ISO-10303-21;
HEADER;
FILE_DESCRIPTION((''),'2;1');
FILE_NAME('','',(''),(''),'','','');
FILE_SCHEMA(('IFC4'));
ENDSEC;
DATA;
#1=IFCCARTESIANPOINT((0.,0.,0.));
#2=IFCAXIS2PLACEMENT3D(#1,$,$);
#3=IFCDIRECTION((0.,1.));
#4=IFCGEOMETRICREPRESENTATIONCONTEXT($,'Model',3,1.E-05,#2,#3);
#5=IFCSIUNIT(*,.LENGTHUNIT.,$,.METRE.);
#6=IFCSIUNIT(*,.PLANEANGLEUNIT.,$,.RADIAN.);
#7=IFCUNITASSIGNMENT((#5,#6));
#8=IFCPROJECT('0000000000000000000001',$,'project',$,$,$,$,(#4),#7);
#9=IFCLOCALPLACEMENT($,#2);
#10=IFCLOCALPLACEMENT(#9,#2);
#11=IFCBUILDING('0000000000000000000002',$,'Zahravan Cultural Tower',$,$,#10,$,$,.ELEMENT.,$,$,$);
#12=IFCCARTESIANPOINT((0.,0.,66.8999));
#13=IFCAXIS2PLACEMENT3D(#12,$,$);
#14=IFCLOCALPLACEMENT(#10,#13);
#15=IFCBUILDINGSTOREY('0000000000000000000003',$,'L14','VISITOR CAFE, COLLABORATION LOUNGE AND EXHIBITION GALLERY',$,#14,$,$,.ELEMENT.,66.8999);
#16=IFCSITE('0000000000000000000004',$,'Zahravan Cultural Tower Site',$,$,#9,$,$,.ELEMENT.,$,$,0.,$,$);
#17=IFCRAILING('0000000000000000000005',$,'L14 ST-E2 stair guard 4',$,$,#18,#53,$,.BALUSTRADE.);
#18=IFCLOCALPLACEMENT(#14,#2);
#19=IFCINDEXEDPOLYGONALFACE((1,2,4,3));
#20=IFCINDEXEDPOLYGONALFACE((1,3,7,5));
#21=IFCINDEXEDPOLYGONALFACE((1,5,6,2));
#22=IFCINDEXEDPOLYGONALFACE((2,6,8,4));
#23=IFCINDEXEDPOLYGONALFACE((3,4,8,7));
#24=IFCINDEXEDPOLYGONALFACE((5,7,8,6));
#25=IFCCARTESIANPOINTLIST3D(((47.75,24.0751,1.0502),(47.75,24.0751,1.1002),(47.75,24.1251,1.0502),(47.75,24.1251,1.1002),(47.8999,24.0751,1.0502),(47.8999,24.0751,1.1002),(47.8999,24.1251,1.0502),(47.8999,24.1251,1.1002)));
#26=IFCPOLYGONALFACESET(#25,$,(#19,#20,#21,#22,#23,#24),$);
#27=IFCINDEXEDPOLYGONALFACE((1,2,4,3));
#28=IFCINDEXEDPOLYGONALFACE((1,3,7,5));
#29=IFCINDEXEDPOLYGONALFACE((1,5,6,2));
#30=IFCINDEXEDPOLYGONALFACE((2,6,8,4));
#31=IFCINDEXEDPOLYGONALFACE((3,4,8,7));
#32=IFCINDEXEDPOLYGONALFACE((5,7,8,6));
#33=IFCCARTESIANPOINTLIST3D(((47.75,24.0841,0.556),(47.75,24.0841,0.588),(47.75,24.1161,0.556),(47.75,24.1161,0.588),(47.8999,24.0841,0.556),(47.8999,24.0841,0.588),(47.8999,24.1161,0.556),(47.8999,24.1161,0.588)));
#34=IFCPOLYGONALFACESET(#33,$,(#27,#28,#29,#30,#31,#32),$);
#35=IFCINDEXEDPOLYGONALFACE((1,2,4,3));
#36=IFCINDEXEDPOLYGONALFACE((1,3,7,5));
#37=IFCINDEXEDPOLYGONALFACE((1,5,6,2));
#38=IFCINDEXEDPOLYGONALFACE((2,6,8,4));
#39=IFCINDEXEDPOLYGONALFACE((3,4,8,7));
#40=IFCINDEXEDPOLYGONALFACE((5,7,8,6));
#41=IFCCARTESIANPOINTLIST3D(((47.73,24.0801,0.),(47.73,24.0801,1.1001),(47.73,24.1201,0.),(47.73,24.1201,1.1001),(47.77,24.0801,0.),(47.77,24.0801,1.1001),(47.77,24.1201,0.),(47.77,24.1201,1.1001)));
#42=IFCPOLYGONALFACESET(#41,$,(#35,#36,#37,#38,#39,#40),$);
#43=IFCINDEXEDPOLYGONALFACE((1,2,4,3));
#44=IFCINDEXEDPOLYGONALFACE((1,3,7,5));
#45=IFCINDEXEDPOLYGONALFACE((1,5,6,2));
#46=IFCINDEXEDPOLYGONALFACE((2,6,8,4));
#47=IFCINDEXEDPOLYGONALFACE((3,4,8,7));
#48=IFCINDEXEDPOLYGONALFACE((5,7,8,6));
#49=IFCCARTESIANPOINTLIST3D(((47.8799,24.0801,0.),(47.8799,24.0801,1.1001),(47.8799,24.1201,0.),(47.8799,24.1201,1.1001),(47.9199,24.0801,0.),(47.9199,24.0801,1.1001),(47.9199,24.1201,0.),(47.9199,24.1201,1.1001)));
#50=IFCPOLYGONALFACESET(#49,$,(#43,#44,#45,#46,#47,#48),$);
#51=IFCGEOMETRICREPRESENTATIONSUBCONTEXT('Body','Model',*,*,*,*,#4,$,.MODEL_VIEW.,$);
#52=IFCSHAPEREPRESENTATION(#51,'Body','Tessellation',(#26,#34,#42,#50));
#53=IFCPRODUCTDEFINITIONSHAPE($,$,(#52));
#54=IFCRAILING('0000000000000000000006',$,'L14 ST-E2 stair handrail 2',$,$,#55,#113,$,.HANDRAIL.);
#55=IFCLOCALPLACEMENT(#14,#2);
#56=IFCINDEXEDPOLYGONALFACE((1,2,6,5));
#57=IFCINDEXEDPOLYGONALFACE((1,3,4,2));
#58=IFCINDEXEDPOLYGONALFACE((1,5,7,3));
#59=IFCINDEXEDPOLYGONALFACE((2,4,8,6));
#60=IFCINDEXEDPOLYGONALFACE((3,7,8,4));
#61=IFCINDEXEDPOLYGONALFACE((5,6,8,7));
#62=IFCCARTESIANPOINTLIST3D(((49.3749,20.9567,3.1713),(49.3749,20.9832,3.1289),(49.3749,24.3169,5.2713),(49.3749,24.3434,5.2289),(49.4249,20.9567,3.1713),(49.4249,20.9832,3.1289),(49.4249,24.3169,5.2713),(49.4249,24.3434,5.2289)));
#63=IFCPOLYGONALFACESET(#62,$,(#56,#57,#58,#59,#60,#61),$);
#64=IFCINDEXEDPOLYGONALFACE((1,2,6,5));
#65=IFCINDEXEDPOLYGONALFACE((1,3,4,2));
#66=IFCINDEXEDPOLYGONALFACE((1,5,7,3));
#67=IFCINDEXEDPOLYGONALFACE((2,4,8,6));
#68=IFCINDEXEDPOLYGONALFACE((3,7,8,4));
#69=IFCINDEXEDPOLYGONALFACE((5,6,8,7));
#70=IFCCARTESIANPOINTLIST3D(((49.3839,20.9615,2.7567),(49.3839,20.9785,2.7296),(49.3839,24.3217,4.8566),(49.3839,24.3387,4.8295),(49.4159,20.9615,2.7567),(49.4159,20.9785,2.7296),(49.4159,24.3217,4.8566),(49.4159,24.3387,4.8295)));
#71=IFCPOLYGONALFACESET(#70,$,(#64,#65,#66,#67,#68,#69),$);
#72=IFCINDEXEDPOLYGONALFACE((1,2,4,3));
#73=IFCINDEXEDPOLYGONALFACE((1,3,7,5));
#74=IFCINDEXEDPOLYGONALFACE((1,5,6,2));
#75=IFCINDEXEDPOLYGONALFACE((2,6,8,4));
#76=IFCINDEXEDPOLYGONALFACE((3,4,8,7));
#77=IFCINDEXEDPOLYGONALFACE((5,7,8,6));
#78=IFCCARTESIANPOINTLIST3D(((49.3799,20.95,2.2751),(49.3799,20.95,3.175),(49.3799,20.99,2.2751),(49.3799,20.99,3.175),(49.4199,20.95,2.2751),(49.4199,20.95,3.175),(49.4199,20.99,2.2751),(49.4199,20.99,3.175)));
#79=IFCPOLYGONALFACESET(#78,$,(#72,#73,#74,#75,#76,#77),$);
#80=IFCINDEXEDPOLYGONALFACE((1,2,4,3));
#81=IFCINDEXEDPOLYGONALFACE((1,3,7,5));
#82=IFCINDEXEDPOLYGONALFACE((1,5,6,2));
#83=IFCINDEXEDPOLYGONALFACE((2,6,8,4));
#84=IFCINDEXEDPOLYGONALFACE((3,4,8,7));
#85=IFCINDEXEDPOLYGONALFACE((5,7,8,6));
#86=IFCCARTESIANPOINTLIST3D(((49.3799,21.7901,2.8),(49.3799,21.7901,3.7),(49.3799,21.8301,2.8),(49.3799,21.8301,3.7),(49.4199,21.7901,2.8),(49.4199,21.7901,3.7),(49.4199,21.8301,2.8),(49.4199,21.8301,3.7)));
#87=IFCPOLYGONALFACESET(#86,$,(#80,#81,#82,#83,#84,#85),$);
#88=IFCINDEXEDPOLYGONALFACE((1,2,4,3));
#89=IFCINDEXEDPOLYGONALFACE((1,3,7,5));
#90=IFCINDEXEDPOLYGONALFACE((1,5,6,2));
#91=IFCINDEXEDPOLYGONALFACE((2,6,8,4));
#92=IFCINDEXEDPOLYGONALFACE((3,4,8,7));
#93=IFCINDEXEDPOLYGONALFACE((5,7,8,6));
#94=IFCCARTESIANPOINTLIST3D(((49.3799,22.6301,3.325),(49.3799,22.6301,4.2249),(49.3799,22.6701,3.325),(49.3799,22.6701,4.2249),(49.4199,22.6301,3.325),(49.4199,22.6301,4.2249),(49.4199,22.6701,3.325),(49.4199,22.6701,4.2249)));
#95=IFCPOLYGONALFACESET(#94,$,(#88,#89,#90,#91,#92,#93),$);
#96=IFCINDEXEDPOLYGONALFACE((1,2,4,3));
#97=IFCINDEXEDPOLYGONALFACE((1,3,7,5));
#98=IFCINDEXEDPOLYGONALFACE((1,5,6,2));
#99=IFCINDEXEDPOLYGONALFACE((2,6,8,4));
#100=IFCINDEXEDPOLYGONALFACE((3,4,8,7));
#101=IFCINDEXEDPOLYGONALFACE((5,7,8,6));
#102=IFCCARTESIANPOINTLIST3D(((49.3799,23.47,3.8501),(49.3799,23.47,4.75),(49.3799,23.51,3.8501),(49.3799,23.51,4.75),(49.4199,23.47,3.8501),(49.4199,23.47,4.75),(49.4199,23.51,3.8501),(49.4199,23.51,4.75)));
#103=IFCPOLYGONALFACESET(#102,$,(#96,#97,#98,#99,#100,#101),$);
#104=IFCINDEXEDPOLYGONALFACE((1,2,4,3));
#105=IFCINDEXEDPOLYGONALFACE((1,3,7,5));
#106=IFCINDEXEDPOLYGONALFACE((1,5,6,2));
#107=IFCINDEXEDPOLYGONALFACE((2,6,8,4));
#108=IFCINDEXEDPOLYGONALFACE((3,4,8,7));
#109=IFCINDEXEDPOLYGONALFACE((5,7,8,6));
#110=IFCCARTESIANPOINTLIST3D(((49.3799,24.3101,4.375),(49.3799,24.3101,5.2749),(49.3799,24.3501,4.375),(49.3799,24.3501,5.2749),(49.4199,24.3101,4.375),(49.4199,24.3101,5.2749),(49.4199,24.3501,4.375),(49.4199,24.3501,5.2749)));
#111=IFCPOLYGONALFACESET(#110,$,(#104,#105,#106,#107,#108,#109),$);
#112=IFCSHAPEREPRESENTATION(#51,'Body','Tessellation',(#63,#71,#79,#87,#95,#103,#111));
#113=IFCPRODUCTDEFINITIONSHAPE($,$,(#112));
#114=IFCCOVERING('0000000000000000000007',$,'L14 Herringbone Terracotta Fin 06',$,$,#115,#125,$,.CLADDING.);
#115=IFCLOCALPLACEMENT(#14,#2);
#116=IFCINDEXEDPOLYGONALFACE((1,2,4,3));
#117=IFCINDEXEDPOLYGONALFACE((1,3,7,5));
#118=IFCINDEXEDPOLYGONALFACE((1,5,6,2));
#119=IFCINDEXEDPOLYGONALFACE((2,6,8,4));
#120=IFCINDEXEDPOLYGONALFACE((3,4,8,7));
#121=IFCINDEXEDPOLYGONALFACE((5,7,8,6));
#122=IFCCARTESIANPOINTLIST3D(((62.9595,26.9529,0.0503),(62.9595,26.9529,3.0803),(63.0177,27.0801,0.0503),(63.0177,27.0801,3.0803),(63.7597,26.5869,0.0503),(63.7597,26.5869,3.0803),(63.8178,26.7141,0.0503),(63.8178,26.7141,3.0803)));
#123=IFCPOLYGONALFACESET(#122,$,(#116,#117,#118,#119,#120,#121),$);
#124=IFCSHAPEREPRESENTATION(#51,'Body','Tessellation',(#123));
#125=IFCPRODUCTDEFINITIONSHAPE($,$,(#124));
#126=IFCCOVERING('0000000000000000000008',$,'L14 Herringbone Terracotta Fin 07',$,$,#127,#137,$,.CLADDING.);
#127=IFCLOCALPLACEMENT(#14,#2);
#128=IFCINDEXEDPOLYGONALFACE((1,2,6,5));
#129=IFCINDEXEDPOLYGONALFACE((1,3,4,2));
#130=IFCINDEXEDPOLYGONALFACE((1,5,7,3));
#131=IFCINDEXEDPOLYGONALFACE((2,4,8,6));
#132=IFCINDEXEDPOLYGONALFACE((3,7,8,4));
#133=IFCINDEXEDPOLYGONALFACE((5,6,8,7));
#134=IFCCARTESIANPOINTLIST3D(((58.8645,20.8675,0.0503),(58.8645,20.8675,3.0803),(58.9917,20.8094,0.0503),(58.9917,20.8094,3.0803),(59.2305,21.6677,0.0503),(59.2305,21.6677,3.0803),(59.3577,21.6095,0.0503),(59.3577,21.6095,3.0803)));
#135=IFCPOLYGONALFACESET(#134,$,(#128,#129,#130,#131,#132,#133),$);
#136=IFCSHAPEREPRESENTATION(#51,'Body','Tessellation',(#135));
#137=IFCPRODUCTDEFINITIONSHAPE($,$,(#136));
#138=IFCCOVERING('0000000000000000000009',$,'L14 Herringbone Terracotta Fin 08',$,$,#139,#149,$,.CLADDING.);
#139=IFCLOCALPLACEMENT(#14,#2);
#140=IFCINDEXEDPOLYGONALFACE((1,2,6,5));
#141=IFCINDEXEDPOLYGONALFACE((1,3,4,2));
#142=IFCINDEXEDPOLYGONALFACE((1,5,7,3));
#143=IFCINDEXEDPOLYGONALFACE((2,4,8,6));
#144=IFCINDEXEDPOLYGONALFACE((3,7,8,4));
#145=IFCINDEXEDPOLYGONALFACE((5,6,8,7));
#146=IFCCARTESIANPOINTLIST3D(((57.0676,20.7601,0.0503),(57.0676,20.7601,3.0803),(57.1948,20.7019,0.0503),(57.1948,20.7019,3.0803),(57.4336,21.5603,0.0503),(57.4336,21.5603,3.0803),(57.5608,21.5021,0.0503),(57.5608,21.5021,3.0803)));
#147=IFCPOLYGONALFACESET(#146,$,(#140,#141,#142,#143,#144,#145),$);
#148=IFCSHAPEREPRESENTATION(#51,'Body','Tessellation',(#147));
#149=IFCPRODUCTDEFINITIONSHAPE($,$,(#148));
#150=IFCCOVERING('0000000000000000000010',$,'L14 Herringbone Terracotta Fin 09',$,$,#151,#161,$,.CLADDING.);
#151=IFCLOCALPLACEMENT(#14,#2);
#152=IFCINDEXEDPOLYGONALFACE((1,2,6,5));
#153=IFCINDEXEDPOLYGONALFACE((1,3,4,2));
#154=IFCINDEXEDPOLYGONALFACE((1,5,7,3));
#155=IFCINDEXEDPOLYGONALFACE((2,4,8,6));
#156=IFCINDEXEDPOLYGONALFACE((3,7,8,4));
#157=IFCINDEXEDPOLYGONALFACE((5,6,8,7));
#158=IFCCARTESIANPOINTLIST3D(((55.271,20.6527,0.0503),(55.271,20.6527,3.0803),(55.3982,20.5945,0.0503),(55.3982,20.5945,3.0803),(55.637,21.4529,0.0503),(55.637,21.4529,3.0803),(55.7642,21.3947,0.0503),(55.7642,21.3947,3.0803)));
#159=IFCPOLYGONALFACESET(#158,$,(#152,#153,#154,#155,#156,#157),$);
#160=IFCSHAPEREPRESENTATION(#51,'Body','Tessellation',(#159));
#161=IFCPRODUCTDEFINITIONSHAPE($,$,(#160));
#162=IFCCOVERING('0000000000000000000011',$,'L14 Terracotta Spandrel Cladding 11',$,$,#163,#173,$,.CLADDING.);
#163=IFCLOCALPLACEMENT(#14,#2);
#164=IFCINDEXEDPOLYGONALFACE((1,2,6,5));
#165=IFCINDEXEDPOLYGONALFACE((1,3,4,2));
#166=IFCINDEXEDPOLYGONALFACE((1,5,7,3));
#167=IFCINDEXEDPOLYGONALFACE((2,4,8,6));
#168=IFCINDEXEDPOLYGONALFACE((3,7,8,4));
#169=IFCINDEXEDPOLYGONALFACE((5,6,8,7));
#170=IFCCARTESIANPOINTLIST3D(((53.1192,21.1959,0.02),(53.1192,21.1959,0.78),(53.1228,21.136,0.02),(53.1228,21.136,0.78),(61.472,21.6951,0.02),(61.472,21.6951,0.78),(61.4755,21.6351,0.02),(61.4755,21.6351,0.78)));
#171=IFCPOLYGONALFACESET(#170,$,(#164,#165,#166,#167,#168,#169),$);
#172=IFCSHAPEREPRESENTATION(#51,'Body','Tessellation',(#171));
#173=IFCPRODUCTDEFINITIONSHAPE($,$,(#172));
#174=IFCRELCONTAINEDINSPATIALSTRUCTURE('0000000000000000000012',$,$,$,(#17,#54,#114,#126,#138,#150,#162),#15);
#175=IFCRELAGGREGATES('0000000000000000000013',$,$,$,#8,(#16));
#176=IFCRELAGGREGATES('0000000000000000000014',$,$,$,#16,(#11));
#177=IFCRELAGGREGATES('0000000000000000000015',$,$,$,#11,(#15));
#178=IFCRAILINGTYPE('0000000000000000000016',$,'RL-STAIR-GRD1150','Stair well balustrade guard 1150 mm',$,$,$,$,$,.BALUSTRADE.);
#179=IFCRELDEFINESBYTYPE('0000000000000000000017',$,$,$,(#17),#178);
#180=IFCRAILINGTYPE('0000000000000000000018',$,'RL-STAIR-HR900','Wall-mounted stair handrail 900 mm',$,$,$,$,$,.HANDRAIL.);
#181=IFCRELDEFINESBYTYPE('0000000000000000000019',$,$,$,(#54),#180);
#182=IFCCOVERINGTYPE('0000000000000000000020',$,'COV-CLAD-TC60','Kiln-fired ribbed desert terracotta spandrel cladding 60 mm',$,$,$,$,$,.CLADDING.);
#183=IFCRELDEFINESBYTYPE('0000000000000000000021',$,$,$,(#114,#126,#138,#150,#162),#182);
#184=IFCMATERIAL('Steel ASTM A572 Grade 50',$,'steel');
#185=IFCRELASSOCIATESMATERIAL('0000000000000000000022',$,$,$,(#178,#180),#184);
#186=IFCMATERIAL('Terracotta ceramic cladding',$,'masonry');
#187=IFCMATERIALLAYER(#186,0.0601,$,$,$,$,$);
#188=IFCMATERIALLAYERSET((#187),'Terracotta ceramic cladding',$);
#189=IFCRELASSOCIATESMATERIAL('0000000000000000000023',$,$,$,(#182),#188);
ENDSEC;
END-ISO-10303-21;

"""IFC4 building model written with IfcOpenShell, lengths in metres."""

from ifc_helpers import new_model, si_unit, direction, frame, origin, origin_2d, place, context, subcontext, project, spatial, rectangle, extrude, source, transform, mapped, material, layer, layer_set, type_object, element, save


model = new_model("IFC4")

# Units and contexts
model_context = context("Model", 3, precision=1e-05, world=origin(), true_north=direction((0.0, 1.0)))
body_context = subcontext(model_context, "Body", "Model", "MODEL_VIEW")
ifc_project = project(units=[si_unit("LENGTHUNIT", "METRE"), si_unit("PLANEANGLEUNIT", "RADIAN")], contexts=[model_context])

# Site, building, storey
site_placement = place(None, origin())
site = spatial("IfcSite", under=ifc_project, at=site_placement, Name="Zahravan Cultural Tower Site", CompositionType="ELEMENT", RefElevation=0.0)
building_placement = place(site_placement, origin())
building = spatial("IfcBuilding", under=site, at=building_placement, Name="Zahravan Cultural Tower", CompositionType="ELEMENT")
storey_placement = place(building_placement, frame((0.0, 0.0, 66.8999)))
storey = spatial("IfcBuildingStorey", under=building, at=storey_placement, Name="L14", Description="VISITOR CAFE, COLLABORATION LOUNGE AND EXHIBITION GALLERY", CompositionType="ELEMENT", Elevation=66.8999)

# Shared definitions
ifc_material_1 = material(Name="Steel ASTM A572 Grade 50", Category="steel")

# Railings
railing_type_1 = type_object("IfcRailingType", Name="RL-STAIR-GRD1150", Description="Stair well balustrade guard 1150 mm", PredefinedType="BALUSTRADE", material=ifc_material_1)
railing_1_placement = place(storey_placement, frame((47.75, 24.1001, 0.0)))
element("IfcRailing", 1, at=railing_1_placement, inside=storey, type_object=railing_type_1, Name="L14 ST-E2 stair guard 4", PredefinedType="BALUSTRADE", context=body_context, shape_type="SweptSolid", body=[
    extrude(rectangle(XDim=0.05, YDim=0.05, at=origin_2d()), frame((0.0, 0.0, 1.0752), z_axis=(1.0, 0.0, 0.0), x_axis=(0.0, 1.0, 0.0)), (0.0, 0.0, 1.0), 0.1499),
    extrude(rectangle(XDim=0.032, YDim=0.032, at=origin_2d()), frame((0.0, 0.0, 0.572), z_axis=(1.0, 0.0, 0.0), x_axis=(0.0, 1.0, 0.0)), (0.0, 0.0, 1.0), 0.1499),
    extrude(rectangle(XDim=0.04, YDim=0.04, at=origin_2d()), origin(), (0.0, 0.0, 1.0), 1.1001),
    extrude(rectangle(XDim=0.04, YDim=0.04, at=origin_2d()), frame((0.1499, 0.0, 0.0)), (0.0, 0.0, 1.0), 1.1001),
])
railing_type_2 = type_object("IfcRailingType", Name="RL-STAIR-HR900", Description="Wall-mounted stair handrail 900 mm", PredefinedType="HANDRAIL", material=ifc_material_1)
railing_2_placement = place(storey_placement, frame((49.3999, 20.97, 2.2751)))
element("IfcRailing", 2, at=railing_2_placement, inside=storey, type_object=railing_type_2, Name="L14 ST-E2 stair handrail 2", PredefinedType="HANDRAIL", context=body_context, shape_type="SweptSolid", body=[
    extrude(rectangle(XDim=0.05, YDim=0.05, at=origin_2d()), frame((0.0, 0.0, 0.875), z_axis=(0.0, 0.848023, 0.52996), x_axis=(-1.0, 0.0, 0.0)), (0.0, 0.0, 1.0), 3.9624),
    extrude(rectangle(XDim=0.032, YDim=0.032, at=origin_2d()), frame((0.0, 0.0, 0.468), z_axis=(0.0, 0.848023, 0.52996), x_axis=(-1.0, 0.0, 0.0)), (0.0, 0.0, 1.0), 3.9624),
    extrude(rectangle(XDim=0.04, YDim=0.04, at=origin_2d()), origin(), (0.0, 0.0, 1.0), 0.8999),
    extrude(rectangle(XDim=0.04, YDim=0.04, at=origin_2d()), frame((0.0, 0.8401, 0.5249)), (0.0, 0.0, 1.0), 0.8999),
    extrude(rectangle(XDim=0.04, YDim=0.04, at=origin_2d()), frame((0.0, 1.6802, 1.0498)), (0.0, 0.0, 1.0), 0.8999),
    extrude(rectangle(XDim=0.04, YDim=0.04, at=origin_2d()), frame((0.0, 2.52, 1.575)), (0.0, 0.0, 1.0), 0.8999),
    extrude(rectangle(XDim=0.04, YDim=0.04, at=origin_2d()), frame((0.0, 3.3601, 2.0999)), (0.0, 0.0, 1.0), 0.8999),
])

# Coverings
ifc_material_2 = material(Name="Terracotta ceramic cladding", Category="masonry")
ifc_layer_1 = layer(ifc_material_2, 0.0601)
ifc_layer_set_1 = layer_set([ifc_layer_1], Name="Terracotta ceramic cladding")
covering_type = type_object("IfcCoveringType", Name="COV-CLAD-TC60", Description="Kiln-fired ribbed desert terracotta spandrel cladding 60 mm", PredefinedType="CLADDING", material=ifc_layer_set_1)
shared_shape_1 = source(origin(), body_context, "Body", "SweptSolid", [
    extrude(rectangle(XDim=0.8799, YDim=0.1399, at=origin_2d()), origin(), (0.0, 0.0, 1.0), 3.03),
])
for number, where, z_axis, x_axis, name in (
    (3, (63.3887, 26.8335, 0.0503), (0.0, 0.0, 1.0), (0.909381, -0.415963, 0.0), "L14 Herringbone Terracotta Fin 06"),
    (4, (59.1111, 21.2385, 0.0503), (0.0, 0.0, 1.0), (-0.415963, -0.909381, 0.0), "L14 Herringbone Terracotta Fin 07"),
    (5, (57.3142, 21.1311, 0.0503), (0.0, 0.0, 1.0), (-0.415963, -0.909381, 0.0), "L14 Herringbone Terracotta Fin 08"),
    (6, (55.5176, 21.0237, 0.0503), (0.0, 0.0, 1.0), (-0.415963, -0.909381, 0.0), "L14 Herringbone Terracotta Fin 09"),
):
    element("IfcCovering", number, at=place(storey_placement, frame(where, z_axis=z_axis, x_axis=x_axis)), inside=storey, type_object=covering_type, Name=name, PredefinedType="CLADDING", context=body_context, shape_type="MappedRepresentation", body=[
        mapped(shared_shape_1, transform((0.0, 0.0, 0.0), x_axis=(1.0, 0.0, 0.0), y_axis=(0.0, 1.0, 0.0), z_axis=(0.0, 0.0, 1.0), scale=1.0)),
    ])
shared_shape_2 = source(origin(), body_context, "Body", "SweptSolid", [
    extrude(rectangle(XDim=8.3677, YDim=0.0601, at=origin_2d()), origin(), (0.0, 0.0, 1.0), 0.76),
])
covering_placement = place(storey_placement, frame((57.2974, 21.4155, 0.02), z_axis=(0.0, 0.0, 1.0), x_axis=(-0.998219, -0.059655, 0.0)))
element("IfcCovering", 7, at=covering_placement, inside=storey, type_object=covering_type, Name="L14 Terracotta Spandrel Cladding 11", PredefinedType="CLADDING", context=body_context, shape_type="MappedRepresentation", body=[
    mapped(shared_shape_2, transform((0.0, 0.0, 0.0), x_axis=(1.0, 0.0, 0.0), y_axis=(0.0, 1.0, 0.0), z_axis=(0.0, 0.0, 1.0), scale=1.0)),
])

save(model, "model.ifc")
